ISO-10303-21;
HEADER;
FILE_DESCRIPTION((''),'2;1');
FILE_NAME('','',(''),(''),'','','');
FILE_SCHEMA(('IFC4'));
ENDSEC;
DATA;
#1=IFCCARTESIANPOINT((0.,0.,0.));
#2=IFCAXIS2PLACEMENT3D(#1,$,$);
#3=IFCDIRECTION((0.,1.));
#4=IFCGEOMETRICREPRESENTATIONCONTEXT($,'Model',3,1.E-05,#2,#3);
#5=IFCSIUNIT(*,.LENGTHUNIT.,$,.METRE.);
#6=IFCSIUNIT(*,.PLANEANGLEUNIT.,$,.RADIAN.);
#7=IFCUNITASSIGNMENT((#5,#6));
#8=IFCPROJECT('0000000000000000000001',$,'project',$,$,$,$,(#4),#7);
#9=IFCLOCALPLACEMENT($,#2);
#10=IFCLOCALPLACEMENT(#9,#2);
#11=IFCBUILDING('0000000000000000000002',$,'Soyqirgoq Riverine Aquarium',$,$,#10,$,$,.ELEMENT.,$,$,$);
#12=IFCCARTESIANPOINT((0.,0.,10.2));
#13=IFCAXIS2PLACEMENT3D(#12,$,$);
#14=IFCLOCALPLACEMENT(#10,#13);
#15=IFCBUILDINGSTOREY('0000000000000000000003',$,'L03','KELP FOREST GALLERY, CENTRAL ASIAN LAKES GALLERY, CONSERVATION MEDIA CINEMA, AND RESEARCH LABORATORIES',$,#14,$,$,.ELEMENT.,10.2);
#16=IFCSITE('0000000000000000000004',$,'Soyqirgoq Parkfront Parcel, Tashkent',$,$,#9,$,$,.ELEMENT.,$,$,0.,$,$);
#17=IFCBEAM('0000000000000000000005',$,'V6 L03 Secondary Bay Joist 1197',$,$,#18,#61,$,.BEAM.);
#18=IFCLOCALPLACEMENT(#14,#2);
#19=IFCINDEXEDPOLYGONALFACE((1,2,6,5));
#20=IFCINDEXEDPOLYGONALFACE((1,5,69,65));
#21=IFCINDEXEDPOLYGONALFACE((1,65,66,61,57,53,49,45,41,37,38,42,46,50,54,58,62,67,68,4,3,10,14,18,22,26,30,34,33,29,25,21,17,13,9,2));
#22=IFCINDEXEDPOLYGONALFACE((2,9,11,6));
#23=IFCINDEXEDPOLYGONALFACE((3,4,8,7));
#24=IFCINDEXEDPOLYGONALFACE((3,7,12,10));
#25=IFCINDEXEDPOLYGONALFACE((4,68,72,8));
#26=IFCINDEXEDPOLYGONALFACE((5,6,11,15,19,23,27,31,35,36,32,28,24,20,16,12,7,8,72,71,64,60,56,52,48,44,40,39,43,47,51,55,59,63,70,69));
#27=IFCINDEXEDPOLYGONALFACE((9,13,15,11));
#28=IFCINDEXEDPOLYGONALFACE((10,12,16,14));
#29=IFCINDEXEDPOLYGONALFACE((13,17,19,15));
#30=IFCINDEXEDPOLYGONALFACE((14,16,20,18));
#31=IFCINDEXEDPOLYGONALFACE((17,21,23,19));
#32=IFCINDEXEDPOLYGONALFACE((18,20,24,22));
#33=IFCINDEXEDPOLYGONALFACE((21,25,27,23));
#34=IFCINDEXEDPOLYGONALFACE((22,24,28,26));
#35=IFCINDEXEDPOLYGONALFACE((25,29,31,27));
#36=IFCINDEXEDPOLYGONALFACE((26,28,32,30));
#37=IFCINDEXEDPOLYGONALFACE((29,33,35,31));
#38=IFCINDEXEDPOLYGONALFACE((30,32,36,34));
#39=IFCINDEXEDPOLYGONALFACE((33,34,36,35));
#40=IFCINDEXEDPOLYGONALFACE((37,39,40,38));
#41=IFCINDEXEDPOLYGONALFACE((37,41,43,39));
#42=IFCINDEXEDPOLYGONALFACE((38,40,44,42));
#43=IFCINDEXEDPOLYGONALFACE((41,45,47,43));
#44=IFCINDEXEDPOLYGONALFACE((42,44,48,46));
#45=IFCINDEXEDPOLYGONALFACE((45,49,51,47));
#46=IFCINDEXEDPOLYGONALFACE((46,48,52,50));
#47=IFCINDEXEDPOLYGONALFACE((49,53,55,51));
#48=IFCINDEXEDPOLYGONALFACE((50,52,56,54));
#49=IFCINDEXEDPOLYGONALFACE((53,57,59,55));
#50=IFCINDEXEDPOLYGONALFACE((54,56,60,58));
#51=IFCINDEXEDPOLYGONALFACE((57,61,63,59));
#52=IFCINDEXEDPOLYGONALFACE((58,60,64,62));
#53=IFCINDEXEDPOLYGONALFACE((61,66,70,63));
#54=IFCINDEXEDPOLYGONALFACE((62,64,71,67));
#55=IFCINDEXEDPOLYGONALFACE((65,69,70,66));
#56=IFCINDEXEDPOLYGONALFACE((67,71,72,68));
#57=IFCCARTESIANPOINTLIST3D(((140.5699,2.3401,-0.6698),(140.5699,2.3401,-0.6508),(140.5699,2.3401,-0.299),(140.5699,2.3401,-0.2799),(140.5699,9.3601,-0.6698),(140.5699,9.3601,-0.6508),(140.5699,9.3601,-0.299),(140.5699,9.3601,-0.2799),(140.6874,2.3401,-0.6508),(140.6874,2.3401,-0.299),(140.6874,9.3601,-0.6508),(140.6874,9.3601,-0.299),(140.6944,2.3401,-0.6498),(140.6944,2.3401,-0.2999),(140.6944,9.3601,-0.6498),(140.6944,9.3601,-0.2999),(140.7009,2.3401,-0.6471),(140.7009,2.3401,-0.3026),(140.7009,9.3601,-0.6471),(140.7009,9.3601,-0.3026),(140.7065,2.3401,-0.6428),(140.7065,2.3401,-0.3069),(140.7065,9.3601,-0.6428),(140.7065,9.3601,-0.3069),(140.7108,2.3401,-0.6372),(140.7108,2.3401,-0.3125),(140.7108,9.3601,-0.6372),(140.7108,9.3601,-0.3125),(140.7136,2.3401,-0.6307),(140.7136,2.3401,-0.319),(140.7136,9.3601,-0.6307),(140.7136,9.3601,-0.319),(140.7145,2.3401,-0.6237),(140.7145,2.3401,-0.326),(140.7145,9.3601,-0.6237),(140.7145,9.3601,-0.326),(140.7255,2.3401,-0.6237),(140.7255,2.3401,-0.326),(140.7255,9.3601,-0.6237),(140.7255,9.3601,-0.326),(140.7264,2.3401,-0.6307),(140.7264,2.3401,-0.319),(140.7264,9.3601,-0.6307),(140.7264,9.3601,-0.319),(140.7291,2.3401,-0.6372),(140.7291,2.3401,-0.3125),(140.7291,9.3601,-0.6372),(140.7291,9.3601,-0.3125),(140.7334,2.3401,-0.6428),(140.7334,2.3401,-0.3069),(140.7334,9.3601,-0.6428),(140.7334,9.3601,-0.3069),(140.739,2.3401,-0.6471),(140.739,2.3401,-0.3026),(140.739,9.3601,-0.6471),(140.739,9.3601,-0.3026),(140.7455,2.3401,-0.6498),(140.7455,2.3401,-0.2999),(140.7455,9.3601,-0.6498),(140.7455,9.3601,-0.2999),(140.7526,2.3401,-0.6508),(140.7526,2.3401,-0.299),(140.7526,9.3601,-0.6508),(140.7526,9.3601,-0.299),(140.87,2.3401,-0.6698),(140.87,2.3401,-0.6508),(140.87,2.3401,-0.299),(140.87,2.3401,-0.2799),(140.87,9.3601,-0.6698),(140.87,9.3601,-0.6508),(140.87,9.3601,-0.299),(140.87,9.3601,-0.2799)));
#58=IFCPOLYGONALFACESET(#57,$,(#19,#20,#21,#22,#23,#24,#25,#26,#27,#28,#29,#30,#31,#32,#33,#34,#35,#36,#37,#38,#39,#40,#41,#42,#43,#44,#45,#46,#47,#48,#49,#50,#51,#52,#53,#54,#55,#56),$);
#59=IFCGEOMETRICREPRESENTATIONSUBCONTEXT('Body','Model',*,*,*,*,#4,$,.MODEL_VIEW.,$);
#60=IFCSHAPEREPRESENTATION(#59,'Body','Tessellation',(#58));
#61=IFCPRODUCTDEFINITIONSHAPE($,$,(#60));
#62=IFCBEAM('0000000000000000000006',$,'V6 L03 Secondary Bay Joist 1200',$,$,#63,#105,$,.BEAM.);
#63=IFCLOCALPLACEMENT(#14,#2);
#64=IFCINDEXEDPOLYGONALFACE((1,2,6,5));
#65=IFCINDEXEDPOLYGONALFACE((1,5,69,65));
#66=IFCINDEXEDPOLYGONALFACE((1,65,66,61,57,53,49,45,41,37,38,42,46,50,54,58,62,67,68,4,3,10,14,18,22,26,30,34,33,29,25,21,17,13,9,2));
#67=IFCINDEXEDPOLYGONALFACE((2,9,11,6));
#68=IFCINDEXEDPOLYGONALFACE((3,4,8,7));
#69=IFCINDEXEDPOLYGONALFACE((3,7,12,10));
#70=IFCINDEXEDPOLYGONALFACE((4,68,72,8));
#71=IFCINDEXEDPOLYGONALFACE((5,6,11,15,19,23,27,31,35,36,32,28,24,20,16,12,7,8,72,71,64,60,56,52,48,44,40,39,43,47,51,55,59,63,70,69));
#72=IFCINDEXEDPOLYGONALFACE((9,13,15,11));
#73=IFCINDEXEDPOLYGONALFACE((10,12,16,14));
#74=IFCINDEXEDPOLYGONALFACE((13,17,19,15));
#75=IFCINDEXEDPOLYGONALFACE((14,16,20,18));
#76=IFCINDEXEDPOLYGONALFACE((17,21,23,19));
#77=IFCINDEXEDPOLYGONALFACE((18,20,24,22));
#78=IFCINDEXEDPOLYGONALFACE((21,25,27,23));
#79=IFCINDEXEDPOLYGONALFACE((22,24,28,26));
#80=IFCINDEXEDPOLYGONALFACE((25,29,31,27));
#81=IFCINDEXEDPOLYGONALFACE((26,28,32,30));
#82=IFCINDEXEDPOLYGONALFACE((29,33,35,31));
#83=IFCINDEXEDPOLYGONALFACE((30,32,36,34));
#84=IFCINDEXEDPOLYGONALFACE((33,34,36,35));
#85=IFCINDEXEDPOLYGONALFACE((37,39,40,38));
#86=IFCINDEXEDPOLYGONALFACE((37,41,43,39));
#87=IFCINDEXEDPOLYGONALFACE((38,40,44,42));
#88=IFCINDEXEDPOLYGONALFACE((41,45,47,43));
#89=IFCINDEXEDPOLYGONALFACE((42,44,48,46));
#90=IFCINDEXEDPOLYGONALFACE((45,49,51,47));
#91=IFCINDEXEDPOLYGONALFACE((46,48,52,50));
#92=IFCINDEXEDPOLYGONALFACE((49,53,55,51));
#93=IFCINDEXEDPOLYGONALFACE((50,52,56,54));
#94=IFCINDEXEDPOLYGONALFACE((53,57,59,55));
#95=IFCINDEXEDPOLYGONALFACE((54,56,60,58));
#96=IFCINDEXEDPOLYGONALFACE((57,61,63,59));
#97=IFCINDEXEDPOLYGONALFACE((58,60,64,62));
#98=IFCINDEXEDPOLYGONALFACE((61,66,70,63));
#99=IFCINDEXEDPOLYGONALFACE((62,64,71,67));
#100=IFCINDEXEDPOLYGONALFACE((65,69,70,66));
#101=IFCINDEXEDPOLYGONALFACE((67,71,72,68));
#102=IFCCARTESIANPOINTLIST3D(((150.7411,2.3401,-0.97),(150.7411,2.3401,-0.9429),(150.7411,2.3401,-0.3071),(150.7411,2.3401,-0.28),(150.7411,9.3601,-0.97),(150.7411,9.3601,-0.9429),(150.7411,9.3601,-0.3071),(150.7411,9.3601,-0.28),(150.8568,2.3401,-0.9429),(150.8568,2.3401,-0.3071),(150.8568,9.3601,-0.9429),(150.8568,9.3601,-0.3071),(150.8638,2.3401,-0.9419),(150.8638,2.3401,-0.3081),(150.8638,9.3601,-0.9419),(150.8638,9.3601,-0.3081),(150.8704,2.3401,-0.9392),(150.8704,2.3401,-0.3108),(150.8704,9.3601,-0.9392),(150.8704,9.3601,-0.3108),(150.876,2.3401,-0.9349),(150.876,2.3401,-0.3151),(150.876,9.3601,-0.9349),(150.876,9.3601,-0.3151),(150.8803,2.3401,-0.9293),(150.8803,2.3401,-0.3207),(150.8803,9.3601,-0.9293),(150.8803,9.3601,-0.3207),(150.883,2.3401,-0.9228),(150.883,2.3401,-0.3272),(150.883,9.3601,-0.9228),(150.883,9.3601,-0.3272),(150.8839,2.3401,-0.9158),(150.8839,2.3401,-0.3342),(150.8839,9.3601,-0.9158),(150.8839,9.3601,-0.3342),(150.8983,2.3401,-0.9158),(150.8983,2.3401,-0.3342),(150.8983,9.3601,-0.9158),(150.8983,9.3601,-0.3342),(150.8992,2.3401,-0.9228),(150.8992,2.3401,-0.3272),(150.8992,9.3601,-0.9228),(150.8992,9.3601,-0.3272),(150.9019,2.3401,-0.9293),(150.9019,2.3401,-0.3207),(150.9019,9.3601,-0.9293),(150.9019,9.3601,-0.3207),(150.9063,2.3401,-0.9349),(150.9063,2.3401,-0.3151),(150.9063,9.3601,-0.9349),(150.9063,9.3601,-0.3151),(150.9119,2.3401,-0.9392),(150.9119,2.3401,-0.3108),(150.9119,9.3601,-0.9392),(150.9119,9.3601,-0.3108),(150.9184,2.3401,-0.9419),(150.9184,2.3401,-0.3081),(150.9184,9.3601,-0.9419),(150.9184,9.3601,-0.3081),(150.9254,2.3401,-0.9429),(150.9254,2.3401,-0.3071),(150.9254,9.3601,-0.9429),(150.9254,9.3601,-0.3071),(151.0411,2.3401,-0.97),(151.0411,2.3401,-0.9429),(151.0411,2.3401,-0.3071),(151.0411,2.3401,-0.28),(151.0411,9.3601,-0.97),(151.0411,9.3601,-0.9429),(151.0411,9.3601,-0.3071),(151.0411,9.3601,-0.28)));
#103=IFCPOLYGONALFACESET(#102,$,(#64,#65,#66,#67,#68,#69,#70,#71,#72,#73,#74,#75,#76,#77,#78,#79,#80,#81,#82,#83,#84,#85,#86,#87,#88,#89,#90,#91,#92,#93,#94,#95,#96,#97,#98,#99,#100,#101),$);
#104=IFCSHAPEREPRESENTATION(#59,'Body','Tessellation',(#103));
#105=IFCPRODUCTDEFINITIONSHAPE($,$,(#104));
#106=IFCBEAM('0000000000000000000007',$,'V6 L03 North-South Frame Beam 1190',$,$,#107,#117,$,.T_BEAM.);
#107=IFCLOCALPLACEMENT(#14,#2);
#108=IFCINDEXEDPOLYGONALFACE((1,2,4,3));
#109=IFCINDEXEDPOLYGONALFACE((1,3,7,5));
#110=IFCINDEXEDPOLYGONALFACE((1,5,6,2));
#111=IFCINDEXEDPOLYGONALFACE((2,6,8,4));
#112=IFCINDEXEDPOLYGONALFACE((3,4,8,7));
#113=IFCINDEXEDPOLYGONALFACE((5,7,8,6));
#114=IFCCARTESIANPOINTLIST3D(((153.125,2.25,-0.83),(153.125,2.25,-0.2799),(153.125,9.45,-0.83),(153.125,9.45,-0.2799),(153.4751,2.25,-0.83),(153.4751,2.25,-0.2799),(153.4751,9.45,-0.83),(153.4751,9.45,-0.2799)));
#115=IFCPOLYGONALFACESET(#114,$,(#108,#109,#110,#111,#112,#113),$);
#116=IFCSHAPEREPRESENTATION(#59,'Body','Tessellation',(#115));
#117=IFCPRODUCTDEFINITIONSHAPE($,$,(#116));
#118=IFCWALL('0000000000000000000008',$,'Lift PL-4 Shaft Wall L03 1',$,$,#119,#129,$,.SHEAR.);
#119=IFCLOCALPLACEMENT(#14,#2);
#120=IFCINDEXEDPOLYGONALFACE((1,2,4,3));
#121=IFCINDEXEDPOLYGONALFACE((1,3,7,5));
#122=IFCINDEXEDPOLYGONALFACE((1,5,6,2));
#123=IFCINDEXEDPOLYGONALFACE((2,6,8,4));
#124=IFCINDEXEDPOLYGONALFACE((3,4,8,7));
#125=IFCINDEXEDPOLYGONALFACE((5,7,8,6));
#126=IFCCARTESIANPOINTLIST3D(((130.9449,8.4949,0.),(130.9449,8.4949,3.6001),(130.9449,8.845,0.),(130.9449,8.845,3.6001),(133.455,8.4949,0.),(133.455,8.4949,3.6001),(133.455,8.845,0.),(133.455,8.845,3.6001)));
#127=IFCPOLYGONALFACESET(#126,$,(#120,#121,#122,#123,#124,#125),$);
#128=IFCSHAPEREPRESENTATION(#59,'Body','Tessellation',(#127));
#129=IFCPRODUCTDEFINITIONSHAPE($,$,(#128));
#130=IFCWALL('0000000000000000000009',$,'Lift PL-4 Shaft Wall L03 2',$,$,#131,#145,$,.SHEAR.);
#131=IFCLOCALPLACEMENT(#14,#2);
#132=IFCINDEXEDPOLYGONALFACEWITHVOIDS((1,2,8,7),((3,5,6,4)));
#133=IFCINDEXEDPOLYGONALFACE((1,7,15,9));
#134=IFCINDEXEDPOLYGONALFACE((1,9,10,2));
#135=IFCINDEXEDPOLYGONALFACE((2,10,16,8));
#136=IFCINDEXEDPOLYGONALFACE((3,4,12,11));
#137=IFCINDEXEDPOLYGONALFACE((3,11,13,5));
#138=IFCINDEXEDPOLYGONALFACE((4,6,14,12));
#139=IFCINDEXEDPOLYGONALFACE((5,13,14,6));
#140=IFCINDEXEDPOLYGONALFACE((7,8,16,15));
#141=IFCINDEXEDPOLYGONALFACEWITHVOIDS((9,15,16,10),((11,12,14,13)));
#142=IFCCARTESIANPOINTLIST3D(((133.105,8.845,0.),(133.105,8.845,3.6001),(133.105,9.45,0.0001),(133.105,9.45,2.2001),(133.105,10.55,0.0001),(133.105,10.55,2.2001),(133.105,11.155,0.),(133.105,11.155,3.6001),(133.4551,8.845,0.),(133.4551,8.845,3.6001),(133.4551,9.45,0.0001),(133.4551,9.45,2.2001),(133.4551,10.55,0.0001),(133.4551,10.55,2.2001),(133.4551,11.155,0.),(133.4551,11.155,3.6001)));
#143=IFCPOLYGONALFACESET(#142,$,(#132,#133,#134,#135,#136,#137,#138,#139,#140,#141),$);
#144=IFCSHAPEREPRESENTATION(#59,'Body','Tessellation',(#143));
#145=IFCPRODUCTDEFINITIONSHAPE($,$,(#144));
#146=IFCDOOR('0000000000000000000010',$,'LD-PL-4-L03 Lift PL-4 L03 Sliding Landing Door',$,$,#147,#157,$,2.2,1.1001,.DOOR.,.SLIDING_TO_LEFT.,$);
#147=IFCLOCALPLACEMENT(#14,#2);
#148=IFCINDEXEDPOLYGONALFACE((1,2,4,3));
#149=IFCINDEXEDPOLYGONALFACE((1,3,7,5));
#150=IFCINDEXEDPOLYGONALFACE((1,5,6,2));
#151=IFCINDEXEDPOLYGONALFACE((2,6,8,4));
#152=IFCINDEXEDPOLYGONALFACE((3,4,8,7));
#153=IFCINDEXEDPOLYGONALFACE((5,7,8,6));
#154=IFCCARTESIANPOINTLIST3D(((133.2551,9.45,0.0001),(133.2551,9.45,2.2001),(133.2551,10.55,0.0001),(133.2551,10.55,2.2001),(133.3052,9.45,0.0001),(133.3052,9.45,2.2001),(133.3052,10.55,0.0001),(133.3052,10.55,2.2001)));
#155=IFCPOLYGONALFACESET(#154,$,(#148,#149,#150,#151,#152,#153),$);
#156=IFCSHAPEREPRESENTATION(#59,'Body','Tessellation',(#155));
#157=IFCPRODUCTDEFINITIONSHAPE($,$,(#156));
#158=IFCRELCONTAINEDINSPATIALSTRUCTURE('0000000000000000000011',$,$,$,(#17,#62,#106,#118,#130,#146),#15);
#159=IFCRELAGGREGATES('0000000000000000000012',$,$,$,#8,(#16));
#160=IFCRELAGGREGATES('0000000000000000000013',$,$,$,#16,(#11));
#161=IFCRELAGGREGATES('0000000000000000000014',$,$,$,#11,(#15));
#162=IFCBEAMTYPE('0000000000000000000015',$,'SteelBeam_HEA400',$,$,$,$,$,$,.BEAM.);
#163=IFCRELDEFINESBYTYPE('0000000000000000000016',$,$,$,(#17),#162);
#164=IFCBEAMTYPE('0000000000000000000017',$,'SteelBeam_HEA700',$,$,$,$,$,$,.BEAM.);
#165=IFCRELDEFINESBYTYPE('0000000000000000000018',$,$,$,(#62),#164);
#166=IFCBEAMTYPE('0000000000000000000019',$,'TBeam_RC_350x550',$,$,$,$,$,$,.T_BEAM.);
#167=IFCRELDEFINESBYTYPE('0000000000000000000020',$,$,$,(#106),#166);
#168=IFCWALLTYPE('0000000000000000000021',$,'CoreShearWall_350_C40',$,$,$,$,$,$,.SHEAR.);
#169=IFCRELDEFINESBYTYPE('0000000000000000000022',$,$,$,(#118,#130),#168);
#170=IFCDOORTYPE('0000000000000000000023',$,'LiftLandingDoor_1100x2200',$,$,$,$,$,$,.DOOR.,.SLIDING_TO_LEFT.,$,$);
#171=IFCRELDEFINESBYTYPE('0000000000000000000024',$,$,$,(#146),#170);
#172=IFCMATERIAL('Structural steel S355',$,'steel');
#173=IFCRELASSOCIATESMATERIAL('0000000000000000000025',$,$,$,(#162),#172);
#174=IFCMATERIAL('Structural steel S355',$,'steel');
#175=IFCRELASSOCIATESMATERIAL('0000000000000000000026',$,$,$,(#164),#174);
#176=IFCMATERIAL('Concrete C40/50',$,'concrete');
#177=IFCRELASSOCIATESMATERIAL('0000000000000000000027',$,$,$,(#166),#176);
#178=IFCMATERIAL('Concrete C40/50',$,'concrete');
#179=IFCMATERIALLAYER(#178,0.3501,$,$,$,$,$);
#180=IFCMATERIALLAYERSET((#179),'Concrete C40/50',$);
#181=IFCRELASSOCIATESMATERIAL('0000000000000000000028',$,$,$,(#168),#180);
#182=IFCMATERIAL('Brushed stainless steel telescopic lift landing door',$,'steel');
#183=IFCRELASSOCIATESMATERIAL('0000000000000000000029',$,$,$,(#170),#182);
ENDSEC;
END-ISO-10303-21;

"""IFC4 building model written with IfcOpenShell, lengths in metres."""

from ifc_helpers import new_model, si_unit, direction, frame, frame_2d, origin, origin_2d, place, context, subcontext, project, spatial, rectangle, i_section, extrude, material, layer, layer_set, material_profile, profile_set, type_object, element, fill, save


model = new_model("IFC4")

# Units and contexts
model_context = context("Model", 3, precision=1e-05, world=origin(), true_north=direction((0.0, 1.0)))
body_context = subcontext(model_context, "Body", "Model", "MODEL_VIEW")
ifc_project = project(units=[si_unit("LENGTHUNIT", "METRE"), si_unit("PLANEANGLEUNIT", "RADIAN")], contexts=[model_context])

# Site, building, storey
site_placement = place(None, origin())
site = spatial("IfcSite", under=ifc_project, at=site_placement, Name="Soyqirgoq Parkfront Parcel, Tashkent", CompositionType="ELEMENT", RefElevation=0.0)
building_placement = place(site_placement, origin())
building = spatial("IfcBuilding", under=site, at=building_placement, Name="Soyqirgoq Riverine Aquarium", CompositionType="ELEMENT")
storey_placement = place(building_placement, frame((0.0, 0.0, 10.2)))
storey = spatial("IfcBuildingStorey", under=building, at=storey_placement, Name="L03", Description="KELP FOREST GALLERY, CENTRAL ASIAN LAKES GALLERY, CONSERVATION MEDIA CINEMA, AND RESEARCH LABORATORIES", CompositionType="ELEMENT", Elevation=10.2)

# Beams
ifc_material_1 = material(Name="Structural steel S355", Category="steel")
ifc_material_profile_1 = material_profile(ifc_material_1, i_section(OverallWidth=0.3, OverallDepth=0.3899, WebThickness=0.011, FlangeThickness=0.019, FilletRadius=0.0271, at=origin_2d()), Name="HEA 400")
ifc_profile_set_1 = profile_set([ifc_material_profile_1], Name="Structural steel S355")
beam_type_1 = type_object("IfcBeamType", Name="SteelBeam_HEA400", PredefinedType="BEAM", material=ifc_profile_set_1)
beam_1_placement = place(storey_placement, frame((140.72, 2.3401, -0.4749), z_axis=(0.0, 1.0, 0.0), x_axis=(-1.0, 0.0, 0.0)))
element("IfcBeam", 1, at=beam_1_placement, inside=storey, type_object=beam_type_1, Name="V6 L03 Secondary Bay Joist 1197", PredefinedType="BEAM", context=body_context, shape_type="SweptSolid", body=[
    extrude(i_section(OverallWidth=0.3, OverallDepth=0.3899, WebThickness=0.011, FlangeThickness=0.019, FilletRadius=0.0271, at=origin_2d()), origin(), (0.0, 0.0, 1.0), 7.02),
])
ifc_material_2 = material(Name="Structural steel S355", Category="steel")
ifc_material_profile_2 = material_profile(ifc_material_2, i_section(OverallWidth=0.3, OverallDepth=0.6899, WebThickness=0.0144, FlangeThickness=0.0271, FilletRadius=0.0271, at=origin_2d()), Name="HEA 700")
ifc_profile_set_2 = profile_set([ifc_material_profile_2], Name="Structural steel S355")
beam_type_2 = type_object("IfcBeamType", Name="SteelBeam_HEA700", PredefinedType="BEAM", material=ifc_profile_set_2)
beam_2_placement = place(storey_placement, frame((150.8911, 2.3401, -0.625), z_axis=(0.0, 1.0, 0.0), x_axis=(-1.0, 0.0, 0.0)))
element("IfcBeam", 2, at=beam_2_placement, inside=storey, type_object=beam_type_2, Name="V6 L03 Secondary Bay Joist 1200", PredefinedType="BEAM", context=body_context, shape_type="SweptSolid", body=[
    extrude(i_section(OverallWidth=0.3, OverallDepth=0.6899, WebThickness=0.0144, FlangeThickness=0.0271, FilletRadius=0.0271, at=origin_2d()), origin(), (0.0, 0.0, 1.0), 7.02),
])
ifc_material_3 = material(Name="Concrete C40/50", Category="concrete")
ifc_material_profile_3 = material_profile(ifc_material_3, rectangle(XDim=0.3501, YDim=0.55, at=origin_2d()), Name="RC 350x550")
ifc_profile_set_3 = profile_set([ifc_material_profile_3], Name="Concrete C40/50")
beam_type_3 = type_object("IfcBeamType", Name="TBeam_RC_350x550", PredefinedType="T_BEAM", material=ifc_profile_set_3)
beam_3_placement = place(storey_placement, frame((153.3, 2.25, -0.5549), z_axis=(0.0, 1.0, 0.0), x_axis=(-1.0, 0.0, 0.0)))
element("IfcBeam", 3, at=beam_3_placement, inside=storey, type_object=beam_type_3, Name="V6 L03 North-South Frame Beam 1190", PredefinedType="T_BEAM", context=body_context, shape_type="SweptSolid", body=[
    extrude(rectangle(XDim=0.3501, YDim=0.55, at=origin_2d()), origin(), (0.0, 0.0, 1.0), 7.2),
])

# Wall
ifc_material_4 = material(Name="Concrete C40/50", Category="concrete")
ifc_layer_1 = layer(ifc_material_4, 0.3501)
ifc_layer_set_1 = layer_set([ifc_layer_1], Name="Concrete C40/50")
wall_type_1 = type_object("IfcWallType", Name="CoreShearWall_350_C40", PredefinedType="SHEAR", material=ifc_layer_set_1)
wall_1_placement = place(storey_placement, frame((130.9451, 8.6699, 0.0), z_axis=(0.0, 0.0, 1.0), x_axis=(1.0, 0.0, 0.0)))
element("IfcWall", 4, at=wall_1_placement, inside=storey, type_object=wall_type_1, Name="Lift PL-4 Shaft Wall L03 1", PredefinedType="SHEAR", context=body_context, shape_type="SweptSolid", body=[
    extrude(rectangle(XDim=2.51, YDim=0.3501, at=frame_2d((1.2549, 0.0))), origin(), (0.0, 0.0, 1.0), 3.6001),
])

# Wall, opening, door
wall_2_placement = place(storey_placement, frame((133.28, 8.845, 0.0), z_axis=(0.0, 0.0, 1.0), x_axis=(0.0, 1.0, 0.0)))
wall_2 = element("IfcWall", 5, at=wall_2_placement, inside=storey, type_object=wall_type_1, Name="Lift PL-4 Shaft Wall L03 2", PredefinedType="SHEAR", context=body_context, shape_type="SweptSolid", body=[
    extrude(rectangle(XDim=2.3101, YDim=0.3501, at=frame_2d((1.155, 0.0))), origin(), (0.0, 0.0, 1.0), 3.6001),
])
opening_1_placement = place(wall_2_placement, frame((0.605, 0.0, 0.0)))
opening_1 = element("IfcOpeningElement", 6, at=opening_1_placement, cuts=wall_2, PredefinedType="OPENING", context=body_context, shape_type="SweptSolid", body=[
    extrude(rectangle(XDim=1.1001, YDim=2.2, at=frame_2d((0.55, 1.1001))), frame((0.0, 0.1851, 0.0), z_axis=(0.0, -1.0, 0.0), x_axis=(1.0, 0.0, 0.0)), (0.0, 0.0, 1.0), 0.3701),
])
ifc_material_5 = material(Name="Brushed stainless steel telescopic lift landing door", Category="steel")
door_type = type_object("IfcDoorType", Name="LiftLandingDoor_1100x2200", OperationType="SLIDING_TO_LEFT", PredefinedType="DOOR", material=ifc_material_5)
door_placement = place(opening_1_placement, origin())
door = element("IfcDoor", 7, at=door_placement, inside=storey, type_object=door_type, Name="LD-PL-4-L03 Lift PL-4 L03 Sliding Landing Door", OperationType="SLIDING_TO_LEFT", OverallHeight=2.2, OverallWidth=1.1001, PredefinedType="DOOR", context=body_context, shape_type="SweptSolid", body=[
    extrude(rectangle(XDim=1.1001, YDim=2.2, at=frame_2d((0.55, 1.1001))), frame((0.0, 0.0249, 0.0), z_axis=(0.0, -1.0, 0.0), x_axis=(1.0, 0.0, 0.0)), (0.0, 0.0, 1.0), 0.05),
])
fill(opening_1, door)

save(model, "model.ifc")
